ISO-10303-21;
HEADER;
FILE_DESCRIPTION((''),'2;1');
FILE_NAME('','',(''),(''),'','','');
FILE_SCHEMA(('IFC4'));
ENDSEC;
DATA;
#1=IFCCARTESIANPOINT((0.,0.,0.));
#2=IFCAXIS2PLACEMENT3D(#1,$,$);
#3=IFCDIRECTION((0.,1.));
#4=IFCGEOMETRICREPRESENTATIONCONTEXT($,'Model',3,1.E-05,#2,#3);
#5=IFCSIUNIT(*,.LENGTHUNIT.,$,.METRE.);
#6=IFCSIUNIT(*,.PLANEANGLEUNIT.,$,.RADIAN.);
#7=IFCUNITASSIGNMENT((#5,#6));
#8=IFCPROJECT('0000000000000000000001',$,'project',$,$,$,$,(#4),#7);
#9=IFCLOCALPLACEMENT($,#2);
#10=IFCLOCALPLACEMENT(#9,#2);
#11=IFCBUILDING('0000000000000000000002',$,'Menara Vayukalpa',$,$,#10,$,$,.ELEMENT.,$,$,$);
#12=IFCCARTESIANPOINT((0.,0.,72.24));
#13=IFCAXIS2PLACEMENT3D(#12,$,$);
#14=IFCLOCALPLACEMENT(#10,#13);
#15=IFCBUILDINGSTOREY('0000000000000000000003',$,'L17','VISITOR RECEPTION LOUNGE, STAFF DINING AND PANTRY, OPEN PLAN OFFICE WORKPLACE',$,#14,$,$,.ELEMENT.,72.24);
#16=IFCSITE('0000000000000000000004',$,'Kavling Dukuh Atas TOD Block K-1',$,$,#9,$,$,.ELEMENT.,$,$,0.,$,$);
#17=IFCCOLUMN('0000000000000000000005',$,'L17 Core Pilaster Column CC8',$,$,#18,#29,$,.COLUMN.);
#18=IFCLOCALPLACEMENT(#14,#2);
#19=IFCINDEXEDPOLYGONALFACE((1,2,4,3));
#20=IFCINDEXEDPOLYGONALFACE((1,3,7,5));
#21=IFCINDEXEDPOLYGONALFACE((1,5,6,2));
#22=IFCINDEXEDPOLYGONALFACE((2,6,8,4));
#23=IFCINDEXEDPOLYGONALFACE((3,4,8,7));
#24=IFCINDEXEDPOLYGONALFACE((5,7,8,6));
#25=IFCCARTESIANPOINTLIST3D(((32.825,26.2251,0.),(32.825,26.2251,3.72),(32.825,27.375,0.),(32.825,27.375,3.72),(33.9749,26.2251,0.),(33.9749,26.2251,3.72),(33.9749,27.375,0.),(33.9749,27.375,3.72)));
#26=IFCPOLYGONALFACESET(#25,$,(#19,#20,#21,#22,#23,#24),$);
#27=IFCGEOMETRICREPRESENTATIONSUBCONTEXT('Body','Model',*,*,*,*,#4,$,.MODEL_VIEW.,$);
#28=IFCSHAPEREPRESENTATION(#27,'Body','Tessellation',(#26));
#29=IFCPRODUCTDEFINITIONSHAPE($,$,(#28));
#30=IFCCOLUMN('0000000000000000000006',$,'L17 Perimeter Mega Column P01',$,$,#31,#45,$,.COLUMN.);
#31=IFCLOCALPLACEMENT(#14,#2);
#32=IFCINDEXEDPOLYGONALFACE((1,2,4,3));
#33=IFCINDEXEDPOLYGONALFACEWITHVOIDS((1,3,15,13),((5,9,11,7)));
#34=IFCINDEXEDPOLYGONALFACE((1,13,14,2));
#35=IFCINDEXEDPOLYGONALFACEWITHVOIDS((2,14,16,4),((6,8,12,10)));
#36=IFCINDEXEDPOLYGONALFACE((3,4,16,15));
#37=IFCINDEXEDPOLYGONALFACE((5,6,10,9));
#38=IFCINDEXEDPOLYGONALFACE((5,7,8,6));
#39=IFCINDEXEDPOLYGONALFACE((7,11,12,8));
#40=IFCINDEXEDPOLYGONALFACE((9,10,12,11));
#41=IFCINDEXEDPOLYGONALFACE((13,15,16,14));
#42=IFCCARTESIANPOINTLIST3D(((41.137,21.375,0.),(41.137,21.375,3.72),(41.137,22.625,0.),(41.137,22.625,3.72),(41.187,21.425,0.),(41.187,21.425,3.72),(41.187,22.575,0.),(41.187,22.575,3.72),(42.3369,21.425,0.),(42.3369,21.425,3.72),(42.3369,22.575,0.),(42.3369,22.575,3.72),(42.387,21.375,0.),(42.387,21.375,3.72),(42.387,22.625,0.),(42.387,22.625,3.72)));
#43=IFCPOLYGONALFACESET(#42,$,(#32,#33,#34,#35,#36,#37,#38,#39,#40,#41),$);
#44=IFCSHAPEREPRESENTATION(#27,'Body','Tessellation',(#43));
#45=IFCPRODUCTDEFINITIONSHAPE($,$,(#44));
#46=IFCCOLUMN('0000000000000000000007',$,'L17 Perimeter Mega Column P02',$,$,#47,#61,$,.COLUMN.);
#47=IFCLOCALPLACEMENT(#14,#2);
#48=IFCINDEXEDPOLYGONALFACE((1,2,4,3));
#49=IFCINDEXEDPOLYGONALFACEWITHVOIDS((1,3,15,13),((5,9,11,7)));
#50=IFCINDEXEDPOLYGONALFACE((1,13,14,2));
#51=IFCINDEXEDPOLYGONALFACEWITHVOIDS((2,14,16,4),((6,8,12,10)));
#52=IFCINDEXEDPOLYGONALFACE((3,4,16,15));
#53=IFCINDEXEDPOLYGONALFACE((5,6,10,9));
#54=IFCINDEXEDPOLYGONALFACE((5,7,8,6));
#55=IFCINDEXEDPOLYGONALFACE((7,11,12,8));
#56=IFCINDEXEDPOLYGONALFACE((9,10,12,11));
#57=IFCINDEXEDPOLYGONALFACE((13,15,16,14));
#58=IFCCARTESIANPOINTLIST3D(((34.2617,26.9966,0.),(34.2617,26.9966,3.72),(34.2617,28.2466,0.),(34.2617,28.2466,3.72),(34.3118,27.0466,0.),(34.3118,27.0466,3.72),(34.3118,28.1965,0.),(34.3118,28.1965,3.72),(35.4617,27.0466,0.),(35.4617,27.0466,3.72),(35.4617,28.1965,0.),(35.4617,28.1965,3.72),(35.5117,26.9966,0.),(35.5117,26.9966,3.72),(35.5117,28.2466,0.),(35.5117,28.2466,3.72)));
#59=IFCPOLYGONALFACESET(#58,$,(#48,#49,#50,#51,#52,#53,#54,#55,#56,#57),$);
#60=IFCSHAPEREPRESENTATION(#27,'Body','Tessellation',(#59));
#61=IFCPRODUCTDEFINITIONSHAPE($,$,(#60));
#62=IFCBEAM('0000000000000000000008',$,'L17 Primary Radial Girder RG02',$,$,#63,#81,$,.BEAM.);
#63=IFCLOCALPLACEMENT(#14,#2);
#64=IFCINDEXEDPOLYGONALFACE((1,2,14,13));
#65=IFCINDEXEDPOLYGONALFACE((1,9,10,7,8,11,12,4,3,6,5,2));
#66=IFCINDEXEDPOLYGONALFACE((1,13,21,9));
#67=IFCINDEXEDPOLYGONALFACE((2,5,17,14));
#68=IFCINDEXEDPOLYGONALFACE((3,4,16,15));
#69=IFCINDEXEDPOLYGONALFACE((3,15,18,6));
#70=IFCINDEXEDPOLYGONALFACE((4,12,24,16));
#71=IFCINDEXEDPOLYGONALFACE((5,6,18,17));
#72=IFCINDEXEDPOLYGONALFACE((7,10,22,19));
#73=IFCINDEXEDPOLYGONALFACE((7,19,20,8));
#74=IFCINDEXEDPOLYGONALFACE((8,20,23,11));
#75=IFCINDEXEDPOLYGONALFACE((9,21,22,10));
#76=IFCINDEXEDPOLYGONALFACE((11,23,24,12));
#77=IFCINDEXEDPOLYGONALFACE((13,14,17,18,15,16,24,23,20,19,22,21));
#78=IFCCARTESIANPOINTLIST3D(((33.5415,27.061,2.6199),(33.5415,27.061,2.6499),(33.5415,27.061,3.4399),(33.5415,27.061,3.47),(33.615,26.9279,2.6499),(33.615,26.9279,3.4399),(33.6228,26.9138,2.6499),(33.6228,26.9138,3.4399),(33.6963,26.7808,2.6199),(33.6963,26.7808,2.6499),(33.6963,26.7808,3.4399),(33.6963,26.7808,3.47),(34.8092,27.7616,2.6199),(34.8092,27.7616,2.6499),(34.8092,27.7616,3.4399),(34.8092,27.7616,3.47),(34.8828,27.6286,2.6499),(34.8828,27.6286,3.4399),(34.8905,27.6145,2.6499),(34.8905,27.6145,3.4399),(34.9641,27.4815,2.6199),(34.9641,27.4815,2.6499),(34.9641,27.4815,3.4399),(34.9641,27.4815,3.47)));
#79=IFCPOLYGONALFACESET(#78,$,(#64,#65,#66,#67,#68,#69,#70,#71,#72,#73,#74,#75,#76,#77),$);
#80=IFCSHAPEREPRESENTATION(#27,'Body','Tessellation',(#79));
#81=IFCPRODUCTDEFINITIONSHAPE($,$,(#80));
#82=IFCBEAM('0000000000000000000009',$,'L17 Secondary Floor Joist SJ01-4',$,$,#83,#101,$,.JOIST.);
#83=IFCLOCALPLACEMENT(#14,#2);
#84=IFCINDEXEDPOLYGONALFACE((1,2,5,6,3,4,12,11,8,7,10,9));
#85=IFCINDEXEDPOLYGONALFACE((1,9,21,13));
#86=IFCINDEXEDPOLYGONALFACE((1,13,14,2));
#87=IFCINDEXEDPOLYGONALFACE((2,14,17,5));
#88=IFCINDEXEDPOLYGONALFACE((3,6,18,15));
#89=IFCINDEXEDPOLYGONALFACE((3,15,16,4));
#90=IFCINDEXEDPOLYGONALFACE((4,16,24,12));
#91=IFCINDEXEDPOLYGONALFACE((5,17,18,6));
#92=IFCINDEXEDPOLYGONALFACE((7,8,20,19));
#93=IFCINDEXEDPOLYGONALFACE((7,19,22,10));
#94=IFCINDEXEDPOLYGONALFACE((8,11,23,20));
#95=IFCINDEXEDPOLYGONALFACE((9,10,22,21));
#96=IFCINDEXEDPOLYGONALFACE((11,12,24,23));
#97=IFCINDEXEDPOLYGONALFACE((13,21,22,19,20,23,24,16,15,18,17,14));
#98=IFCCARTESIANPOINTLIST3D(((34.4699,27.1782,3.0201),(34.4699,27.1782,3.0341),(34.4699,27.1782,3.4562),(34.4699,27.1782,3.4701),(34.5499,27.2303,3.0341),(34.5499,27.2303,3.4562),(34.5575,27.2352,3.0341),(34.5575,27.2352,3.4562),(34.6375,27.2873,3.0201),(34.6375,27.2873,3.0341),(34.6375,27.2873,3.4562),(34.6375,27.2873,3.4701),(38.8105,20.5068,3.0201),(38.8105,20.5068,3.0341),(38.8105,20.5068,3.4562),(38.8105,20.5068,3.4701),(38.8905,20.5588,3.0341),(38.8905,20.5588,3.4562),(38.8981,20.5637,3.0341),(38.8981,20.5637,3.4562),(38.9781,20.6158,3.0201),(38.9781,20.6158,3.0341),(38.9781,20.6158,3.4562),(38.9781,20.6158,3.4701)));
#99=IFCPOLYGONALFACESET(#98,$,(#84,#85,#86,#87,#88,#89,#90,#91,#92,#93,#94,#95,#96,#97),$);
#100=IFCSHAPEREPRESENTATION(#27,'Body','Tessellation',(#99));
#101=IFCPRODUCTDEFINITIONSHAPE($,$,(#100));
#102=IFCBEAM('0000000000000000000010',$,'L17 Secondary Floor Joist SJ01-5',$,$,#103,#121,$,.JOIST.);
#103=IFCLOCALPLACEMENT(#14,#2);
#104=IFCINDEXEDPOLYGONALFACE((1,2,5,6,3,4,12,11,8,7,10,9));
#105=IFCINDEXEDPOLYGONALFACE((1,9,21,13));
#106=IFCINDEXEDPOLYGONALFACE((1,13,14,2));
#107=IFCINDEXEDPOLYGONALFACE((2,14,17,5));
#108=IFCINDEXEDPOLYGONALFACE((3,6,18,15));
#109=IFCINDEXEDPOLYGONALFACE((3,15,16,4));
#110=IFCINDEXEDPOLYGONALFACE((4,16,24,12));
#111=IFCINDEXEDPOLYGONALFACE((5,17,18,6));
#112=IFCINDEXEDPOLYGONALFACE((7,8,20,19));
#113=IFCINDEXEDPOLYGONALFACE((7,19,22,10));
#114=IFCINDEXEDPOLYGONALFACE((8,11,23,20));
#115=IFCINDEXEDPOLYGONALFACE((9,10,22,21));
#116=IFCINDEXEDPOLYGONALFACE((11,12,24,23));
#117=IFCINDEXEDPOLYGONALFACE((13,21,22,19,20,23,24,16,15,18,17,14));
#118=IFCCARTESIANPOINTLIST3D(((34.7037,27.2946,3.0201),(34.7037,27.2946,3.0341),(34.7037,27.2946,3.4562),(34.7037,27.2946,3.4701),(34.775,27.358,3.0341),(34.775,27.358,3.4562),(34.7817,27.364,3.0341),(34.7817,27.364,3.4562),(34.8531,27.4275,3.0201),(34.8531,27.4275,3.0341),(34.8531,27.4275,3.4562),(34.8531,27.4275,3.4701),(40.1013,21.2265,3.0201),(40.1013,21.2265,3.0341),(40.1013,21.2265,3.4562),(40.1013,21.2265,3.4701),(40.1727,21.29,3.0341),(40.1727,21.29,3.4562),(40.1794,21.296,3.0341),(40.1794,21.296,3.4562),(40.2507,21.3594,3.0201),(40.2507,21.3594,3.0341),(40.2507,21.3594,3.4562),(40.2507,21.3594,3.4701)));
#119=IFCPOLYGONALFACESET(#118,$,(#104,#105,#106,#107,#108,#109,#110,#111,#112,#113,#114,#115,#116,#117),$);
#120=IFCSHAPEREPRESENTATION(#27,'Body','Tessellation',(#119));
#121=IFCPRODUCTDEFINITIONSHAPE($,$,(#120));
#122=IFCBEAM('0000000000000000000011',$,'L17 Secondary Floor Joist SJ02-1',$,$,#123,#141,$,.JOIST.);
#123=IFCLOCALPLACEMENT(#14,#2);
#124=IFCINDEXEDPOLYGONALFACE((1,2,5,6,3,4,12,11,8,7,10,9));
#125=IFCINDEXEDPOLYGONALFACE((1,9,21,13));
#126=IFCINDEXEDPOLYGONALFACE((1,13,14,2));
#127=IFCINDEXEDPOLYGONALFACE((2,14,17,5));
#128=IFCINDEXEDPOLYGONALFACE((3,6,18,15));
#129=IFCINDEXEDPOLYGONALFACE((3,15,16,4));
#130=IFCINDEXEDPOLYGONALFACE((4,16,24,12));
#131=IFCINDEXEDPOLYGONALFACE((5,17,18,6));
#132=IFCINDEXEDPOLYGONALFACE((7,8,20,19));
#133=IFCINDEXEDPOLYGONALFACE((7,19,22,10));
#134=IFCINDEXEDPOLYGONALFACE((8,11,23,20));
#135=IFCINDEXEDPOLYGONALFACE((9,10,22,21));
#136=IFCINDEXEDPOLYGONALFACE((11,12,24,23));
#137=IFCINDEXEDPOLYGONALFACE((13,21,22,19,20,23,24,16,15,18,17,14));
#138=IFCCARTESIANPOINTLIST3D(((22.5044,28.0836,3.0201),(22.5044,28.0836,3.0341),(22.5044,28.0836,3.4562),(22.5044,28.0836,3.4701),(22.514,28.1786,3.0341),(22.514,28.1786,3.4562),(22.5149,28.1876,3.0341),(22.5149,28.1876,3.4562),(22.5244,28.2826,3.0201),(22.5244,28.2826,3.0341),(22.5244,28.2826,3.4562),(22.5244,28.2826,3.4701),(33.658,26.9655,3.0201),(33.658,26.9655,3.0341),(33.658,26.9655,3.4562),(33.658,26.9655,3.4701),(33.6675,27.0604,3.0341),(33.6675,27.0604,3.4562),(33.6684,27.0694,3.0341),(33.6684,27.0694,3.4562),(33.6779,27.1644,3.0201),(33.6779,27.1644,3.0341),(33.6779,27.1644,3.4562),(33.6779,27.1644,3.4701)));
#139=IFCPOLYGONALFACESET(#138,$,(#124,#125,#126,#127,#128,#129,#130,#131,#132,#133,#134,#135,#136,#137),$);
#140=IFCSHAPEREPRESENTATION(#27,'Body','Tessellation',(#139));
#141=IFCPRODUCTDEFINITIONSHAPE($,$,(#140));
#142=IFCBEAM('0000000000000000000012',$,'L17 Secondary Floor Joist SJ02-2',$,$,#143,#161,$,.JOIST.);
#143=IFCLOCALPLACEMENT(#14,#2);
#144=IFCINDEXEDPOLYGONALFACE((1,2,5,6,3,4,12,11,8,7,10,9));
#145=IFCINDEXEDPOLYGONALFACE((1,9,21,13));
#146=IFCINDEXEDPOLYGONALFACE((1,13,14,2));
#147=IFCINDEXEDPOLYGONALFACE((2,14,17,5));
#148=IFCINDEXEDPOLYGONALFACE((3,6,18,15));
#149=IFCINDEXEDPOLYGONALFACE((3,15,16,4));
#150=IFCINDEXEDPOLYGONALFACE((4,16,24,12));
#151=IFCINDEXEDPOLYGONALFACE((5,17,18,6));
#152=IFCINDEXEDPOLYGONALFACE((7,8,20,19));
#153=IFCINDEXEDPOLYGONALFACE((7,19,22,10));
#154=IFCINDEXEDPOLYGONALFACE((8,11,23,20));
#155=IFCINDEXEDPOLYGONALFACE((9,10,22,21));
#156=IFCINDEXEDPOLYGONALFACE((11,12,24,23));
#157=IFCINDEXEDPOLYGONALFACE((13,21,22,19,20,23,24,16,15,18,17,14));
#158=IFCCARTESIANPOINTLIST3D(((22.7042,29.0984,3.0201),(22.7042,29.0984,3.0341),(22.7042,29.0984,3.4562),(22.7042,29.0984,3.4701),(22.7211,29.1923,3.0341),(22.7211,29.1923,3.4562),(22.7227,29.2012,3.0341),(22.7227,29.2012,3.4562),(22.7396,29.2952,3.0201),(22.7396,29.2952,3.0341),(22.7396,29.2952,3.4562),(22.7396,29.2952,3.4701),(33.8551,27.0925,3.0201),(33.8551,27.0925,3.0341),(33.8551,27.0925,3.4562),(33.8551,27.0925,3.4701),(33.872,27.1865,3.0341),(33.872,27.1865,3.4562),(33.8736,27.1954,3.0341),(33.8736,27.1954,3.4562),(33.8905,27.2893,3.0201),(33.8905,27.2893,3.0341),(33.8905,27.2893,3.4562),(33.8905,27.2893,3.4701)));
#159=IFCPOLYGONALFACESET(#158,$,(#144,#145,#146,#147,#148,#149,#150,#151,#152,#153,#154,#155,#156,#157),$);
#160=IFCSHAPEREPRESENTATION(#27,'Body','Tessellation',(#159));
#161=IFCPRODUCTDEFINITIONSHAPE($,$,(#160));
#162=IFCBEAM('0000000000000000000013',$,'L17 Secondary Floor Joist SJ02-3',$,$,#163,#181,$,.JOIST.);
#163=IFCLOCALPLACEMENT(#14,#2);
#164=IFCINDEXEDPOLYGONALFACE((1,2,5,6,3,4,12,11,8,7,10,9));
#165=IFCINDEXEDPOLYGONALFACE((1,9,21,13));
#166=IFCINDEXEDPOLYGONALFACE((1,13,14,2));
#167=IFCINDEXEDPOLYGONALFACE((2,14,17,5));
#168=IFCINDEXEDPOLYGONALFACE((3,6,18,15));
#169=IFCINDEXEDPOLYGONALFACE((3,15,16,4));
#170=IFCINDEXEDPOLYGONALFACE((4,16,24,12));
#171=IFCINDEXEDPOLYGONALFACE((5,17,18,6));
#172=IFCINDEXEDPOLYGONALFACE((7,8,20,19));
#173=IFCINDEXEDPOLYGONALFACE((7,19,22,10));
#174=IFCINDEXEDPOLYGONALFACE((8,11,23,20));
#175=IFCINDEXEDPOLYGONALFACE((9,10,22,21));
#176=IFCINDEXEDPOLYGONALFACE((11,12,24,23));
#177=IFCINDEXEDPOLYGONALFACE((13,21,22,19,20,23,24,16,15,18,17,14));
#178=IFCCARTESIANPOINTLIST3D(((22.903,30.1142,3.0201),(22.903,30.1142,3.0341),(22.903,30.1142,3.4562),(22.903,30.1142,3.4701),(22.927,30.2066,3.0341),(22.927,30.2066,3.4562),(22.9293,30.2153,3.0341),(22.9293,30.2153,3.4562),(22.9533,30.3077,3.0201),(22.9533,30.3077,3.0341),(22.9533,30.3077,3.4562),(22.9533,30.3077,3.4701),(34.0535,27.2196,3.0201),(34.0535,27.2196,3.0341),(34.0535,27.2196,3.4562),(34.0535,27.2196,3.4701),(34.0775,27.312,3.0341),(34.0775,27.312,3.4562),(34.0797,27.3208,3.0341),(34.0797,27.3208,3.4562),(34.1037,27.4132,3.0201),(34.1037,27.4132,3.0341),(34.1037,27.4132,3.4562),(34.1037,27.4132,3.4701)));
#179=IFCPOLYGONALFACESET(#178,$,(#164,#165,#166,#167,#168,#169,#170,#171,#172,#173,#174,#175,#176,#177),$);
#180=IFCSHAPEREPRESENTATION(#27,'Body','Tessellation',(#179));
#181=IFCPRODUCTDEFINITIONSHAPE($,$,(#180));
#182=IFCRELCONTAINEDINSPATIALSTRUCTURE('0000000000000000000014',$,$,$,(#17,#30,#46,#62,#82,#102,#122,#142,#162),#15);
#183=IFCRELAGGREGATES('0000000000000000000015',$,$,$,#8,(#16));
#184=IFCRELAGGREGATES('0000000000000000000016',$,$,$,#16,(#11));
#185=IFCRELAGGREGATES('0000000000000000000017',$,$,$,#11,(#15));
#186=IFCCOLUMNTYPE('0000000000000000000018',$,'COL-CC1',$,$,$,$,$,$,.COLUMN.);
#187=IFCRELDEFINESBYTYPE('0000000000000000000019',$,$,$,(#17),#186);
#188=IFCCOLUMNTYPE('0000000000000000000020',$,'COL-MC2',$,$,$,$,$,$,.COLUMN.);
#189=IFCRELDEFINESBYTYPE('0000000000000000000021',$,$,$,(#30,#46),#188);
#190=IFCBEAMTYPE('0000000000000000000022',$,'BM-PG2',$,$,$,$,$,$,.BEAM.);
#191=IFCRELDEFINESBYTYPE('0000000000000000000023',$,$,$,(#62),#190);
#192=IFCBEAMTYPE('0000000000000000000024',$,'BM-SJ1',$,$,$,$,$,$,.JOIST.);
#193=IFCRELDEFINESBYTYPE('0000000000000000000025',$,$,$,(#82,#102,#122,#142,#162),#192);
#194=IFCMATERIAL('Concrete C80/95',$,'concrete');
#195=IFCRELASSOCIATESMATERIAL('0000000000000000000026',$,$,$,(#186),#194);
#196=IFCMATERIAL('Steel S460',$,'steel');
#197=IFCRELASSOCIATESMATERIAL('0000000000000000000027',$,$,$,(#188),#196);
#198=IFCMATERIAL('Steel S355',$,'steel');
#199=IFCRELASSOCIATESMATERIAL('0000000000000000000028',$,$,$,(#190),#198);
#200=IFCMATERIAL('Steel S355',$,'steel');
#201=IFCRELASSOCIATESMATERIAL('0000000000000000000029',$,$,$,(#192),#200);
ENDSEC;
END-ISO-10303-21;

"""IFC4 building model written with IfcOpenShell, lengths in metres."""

from ifc_helpers import new_model, si_unit, direction, frame, origin, origin_2d, place, context, subcontext, project, spatial, rectangle, hollow_rectangle, i_section, extrude, material, material_profile, profile_set, type_object, element, save


model = new_model("IFC4")

# Units and contexts
model_context = context("Model", 3, precision=1e-05, world=origin(), true_north=direction((0.0, 1.0)))
body_context = subcontext(model_context, "Body", "Model", "MODEL_VIEW")
ifc_project = project(units=[si_unit("LENGTHUNIT", "METRE"), si_unit("PLANEANGLEUNIT", "RADIAN")], contexts=[model_context])

# Site, building, storey
site_placement = place(None, origin())
site = spatial("IfcSite", under=ifc_project, at=site_placement, Name="Kavling Dukuh Atas TOD Block K-1", CompositionType="ELEMENT", RefElevation=0.0)
building_placement = place(site_placement, origin())
building = spatial("IfcBuilding", under=site, at=building_placement, Name="Menara Vayukalpa", CompositionType="ELEMENT")
storey_placement = place(building_placement, frame((0.0, 0.0, 72.24)))
storey = spatial("IfcBuildingStorey", under=building, at=storey_placement, Name="L17", Description="VISITOR RECEPTION LOUNGE, STAFF DINING AND PANTRY, OPEN PLAN OFFICE WORKPLACE", CompositionType="ELEMENT", Elevation=72.24)

# Columns
ifc_material_1 = material(Name="Concrete C80/95", Category="concrete")
ifc_material_profile_1 = material_profile(ifc_material_1, rectangle(XDim=1.1499, YDim=1.1499, at=origin_2d()), Name="RC 1150x1150")
ifc_profile_set_1 = profile_set([ifc_material_profile_1], Name="Concrete C80/95")
column_type_1 = type_object("IfcColumnType", Name="COL-CC1", PredefinedType="COLUMN", material=ifc_profile_set_1)
column_placement = place(storey_placement, frame((33.3999, 26.8, 0.0), z_axis=(0.0, 0.0, 1.0), x_axis=(1.0, 0.0, 0.0)))
element("IfcColumn", 1, at=column_placement, inside=storey, type_object=column_type_1, Name="L17 Core Pilaster Column CC8", PredefinedType="COLUMN", context=body_context, shape_type="SweptSolid", body=[
    extrude(rectangle(XDim=1.1499, YDim=1.1499, at=origin_2d()), origin(), (0.0, 0.0, 1.0), 3.72),
])
ifc_material_2 = material(Name="Steel S460", Category="steel")
ifc_material_profile_2 = material_profile(ifc_material_2, hollow_rectangle(XDim=1.25, YDim=1.25, WallThickness=0.05, at=origin_2d()), Name="BOX 1250x1250x50")
ifc_profile_set_2 = profile_set([ifc_material_profile_2], Name="Steel S460")
column_type_2 = type_object("IfcColumnType", Name="COL-MC2", PredefinedType="COLUMN", material=ifc_profile_set_2)
for number, where, z_axis, x_axis, name in (
    (2, (41.762, 22.0, 0.0), (0.0, 0.0, 1.0), (1.0, 0.0, 0.0), "L17 Perimeter Mega Column P01"),
    (3, (34.8867, 27.6216, 0.0), (0.0, 0.0, 1.0), (1.0, 0.0, 0.0), "L17 Perimeter Mega Column P02"),
):
    element("IfcColumn", number, at=place(storey_placement, frame(where, z_axis=z_axis, x_axis=x_axis)), inside=storey, type_object=column_type_2, Name=name, PredefinedType="COLUMN", context=body_context, shape_type="SweptSolid", body=[
        extrude(hollow_rectangle(XDim=1.25, YDim=1.25, WallThickness=0.05, at=origin_2d()), origin(), (0.0, 0.0, 1.0), 3.72),
    ])

# Beams
ifc_material_3 = material(Name="Steel S355", Category="steel")
ifc_material_profile_3 = material_profile(ifc_material_3, i_section(OverallWidth=0.3201, OverallDepth=0.8501, WebThickness=0.0161, FlangeThickness=0.03, at=origin_2d()), Name="WF 850x320x16x30")
ifc_profile_set_3 = profile_set([ifc_material_profile_3], Name="Steel S355")
beam_type_1 = type_object("IfcBeamType", Name="BM-PG2", PredefinedType="BEAM", material=ifc_profile_set_3)
beam_1_placement = place(storey_placement, frame((33.6189, 26.9209, 3.0449), z_axis=(0.875228, 0.48371, 0.0), x_axis=(-0.48371, 0.875228, 0.0)))
element("IfcBeam", 4, at=beam_1_placement, inside=storey, type_object=beam_type_1, Name="L17 Primary Radial Girder RG02", PredefinedType="BEAM", context=body_context, shape_type="SweptSolid", body=[
    extrude(i_section(OverallWidth=0.3201, OverallDepth=0.8501, WebThickness=0.0161, FlangeThickness=0.03, at=origin_2d()), origin(), (0.0, 0.0, 1.0), 1.4485),
])
ifc_material_4 = material(Name="Steel S355", Category="steel")
ifc_material_profile_4 = material_profile(ifc_material_4, i_section(OverallWidth=0.2, OverallDepth=0.45, WebThickness=0.009, FlangeThickness=0.0139, at=origin_2d()), Name="WF 450x200x9x14")
ifc_profile_set_4 = profile_set([ifc_material_profile_4], Name="Steel S355")
beam_type_2 = type_object("IfcBeamType", Name="BM-SJ1", PredefinedType="JOIST", material=ifc_profile_set_4)
beam_2_placement = place(storey_placement, frame((38.8943, 20.5613, 3.2451), z_axis=(-0.545357, 0.838204, 0.0), x_axis=(-0.838204, -0.545357, 0.0)))
element("IfcBeam", 5, at=beam_2_placement, inside=storey, type_object=beam_type_2, Name="L17 Secondary Floor Joist SJ01-4", PredefinedType="JOIST", context=body_context, shape_type="SweptSolid", body=[
    extrude(i_section(OverallWidth=0.2, OverallDepth=0.45, WebThickness=0.009, FlangeThickness=0.0139, at=origin_2d()), origin(), (0.0, 0.0, 1.0), 7.9592),
])
beam_3_placement = place(storey_placement, frame((40.176, 21.293, 3.2451), z_axis=(-0.664627, 0.747175, 0.0), x_axis=(-0.747175, -0.664627, 0.0)))
element("IfcBeam", 6, at=beam_3_placement, inside=storey, type_object=beam_type_2, Name="L17 Secondary Floor Joist SJ01-5", PredefinedType="JOIST", context=body_context, shape_type="SweptSolid", body=[
    extrude(i_section(OverallWidth=0.2, OverallDepth=0.45, WebThickness=0.009, FlangeThickness=0.0139, at=origin_2d()), origin(), (0.0, 0.0, 1.0), 8.1213),
])
beam_4_placement = place(storey_placement, frame((33.668, 27.0649, 3.2451), z_axis=(-0.995012, 0.099752, 0.0), x_axis=(-0.099752, -0.995012, 0.0)))
element("IfcBeam", 7, at=beam_4_placement, inside=storey, type_object=beam_type_2, Name="L17 Secondary Floor Joist SJ02-1", PredefinedType="JOIST", context=body_context, shape_type="SweptSolid", body=[
    extrude(i_section(OverallWidth=0.2, OverallDepth=0.45, WebThickness=0.009, FlangeThickness=0.0139, at=origin_2d()), origin(), (0.0, 0.0, 1.0), 11.2095),
])
beam_5_placement = place(storey_placement, frame((33.8728, 27.1909, 3.2451), z_axis=(-0.984203, 0.177042, 0.0), x_axis=(-0.177042, -0.984203, 0.0)))
element("IfcBeam", 8, at=beam_5_placement, inside=storey, type_object=beam_type_2, Name="L17 Secondary Floor Joist SJ02-2", PredefinedType="JOIST", context=body_context, shape_type="SweptSolid", body=[
    extrude(i_section(OverallWidth=0.2, OverallDepth=0.45, WebThickness=0.009, FlangeThickness=0.0139, at=origin_2d()), origin(), (0.0, 0.0, 1.0), 11.3298),
])
beam_6_placement = place(storey_placement, frame((34.0786, 27.3164, 3.2451), z_axis=(-0.967919, 0.251262, 0.0), x_axis=(-0.251262, -0.967919, 0.0)))
element("IfcBeam", 9, at=beam_6_placement, inside=storey, type_object=beam_type_2, Name="L17 Secondary Floor Joist SJ02-3", PredefinedType="JOIST", context=body_context, shape_type="SweptSolid", body=[
    extrude(i_section(OverallWidth=0.2, OverallDepth=0.45, WebThickness=0.009, FlangeThickness=0.0139, at=origin_2d()), origin(), (0.0, 0.0, 1.0), 11.52),
])

save(model, "model.ifc")
